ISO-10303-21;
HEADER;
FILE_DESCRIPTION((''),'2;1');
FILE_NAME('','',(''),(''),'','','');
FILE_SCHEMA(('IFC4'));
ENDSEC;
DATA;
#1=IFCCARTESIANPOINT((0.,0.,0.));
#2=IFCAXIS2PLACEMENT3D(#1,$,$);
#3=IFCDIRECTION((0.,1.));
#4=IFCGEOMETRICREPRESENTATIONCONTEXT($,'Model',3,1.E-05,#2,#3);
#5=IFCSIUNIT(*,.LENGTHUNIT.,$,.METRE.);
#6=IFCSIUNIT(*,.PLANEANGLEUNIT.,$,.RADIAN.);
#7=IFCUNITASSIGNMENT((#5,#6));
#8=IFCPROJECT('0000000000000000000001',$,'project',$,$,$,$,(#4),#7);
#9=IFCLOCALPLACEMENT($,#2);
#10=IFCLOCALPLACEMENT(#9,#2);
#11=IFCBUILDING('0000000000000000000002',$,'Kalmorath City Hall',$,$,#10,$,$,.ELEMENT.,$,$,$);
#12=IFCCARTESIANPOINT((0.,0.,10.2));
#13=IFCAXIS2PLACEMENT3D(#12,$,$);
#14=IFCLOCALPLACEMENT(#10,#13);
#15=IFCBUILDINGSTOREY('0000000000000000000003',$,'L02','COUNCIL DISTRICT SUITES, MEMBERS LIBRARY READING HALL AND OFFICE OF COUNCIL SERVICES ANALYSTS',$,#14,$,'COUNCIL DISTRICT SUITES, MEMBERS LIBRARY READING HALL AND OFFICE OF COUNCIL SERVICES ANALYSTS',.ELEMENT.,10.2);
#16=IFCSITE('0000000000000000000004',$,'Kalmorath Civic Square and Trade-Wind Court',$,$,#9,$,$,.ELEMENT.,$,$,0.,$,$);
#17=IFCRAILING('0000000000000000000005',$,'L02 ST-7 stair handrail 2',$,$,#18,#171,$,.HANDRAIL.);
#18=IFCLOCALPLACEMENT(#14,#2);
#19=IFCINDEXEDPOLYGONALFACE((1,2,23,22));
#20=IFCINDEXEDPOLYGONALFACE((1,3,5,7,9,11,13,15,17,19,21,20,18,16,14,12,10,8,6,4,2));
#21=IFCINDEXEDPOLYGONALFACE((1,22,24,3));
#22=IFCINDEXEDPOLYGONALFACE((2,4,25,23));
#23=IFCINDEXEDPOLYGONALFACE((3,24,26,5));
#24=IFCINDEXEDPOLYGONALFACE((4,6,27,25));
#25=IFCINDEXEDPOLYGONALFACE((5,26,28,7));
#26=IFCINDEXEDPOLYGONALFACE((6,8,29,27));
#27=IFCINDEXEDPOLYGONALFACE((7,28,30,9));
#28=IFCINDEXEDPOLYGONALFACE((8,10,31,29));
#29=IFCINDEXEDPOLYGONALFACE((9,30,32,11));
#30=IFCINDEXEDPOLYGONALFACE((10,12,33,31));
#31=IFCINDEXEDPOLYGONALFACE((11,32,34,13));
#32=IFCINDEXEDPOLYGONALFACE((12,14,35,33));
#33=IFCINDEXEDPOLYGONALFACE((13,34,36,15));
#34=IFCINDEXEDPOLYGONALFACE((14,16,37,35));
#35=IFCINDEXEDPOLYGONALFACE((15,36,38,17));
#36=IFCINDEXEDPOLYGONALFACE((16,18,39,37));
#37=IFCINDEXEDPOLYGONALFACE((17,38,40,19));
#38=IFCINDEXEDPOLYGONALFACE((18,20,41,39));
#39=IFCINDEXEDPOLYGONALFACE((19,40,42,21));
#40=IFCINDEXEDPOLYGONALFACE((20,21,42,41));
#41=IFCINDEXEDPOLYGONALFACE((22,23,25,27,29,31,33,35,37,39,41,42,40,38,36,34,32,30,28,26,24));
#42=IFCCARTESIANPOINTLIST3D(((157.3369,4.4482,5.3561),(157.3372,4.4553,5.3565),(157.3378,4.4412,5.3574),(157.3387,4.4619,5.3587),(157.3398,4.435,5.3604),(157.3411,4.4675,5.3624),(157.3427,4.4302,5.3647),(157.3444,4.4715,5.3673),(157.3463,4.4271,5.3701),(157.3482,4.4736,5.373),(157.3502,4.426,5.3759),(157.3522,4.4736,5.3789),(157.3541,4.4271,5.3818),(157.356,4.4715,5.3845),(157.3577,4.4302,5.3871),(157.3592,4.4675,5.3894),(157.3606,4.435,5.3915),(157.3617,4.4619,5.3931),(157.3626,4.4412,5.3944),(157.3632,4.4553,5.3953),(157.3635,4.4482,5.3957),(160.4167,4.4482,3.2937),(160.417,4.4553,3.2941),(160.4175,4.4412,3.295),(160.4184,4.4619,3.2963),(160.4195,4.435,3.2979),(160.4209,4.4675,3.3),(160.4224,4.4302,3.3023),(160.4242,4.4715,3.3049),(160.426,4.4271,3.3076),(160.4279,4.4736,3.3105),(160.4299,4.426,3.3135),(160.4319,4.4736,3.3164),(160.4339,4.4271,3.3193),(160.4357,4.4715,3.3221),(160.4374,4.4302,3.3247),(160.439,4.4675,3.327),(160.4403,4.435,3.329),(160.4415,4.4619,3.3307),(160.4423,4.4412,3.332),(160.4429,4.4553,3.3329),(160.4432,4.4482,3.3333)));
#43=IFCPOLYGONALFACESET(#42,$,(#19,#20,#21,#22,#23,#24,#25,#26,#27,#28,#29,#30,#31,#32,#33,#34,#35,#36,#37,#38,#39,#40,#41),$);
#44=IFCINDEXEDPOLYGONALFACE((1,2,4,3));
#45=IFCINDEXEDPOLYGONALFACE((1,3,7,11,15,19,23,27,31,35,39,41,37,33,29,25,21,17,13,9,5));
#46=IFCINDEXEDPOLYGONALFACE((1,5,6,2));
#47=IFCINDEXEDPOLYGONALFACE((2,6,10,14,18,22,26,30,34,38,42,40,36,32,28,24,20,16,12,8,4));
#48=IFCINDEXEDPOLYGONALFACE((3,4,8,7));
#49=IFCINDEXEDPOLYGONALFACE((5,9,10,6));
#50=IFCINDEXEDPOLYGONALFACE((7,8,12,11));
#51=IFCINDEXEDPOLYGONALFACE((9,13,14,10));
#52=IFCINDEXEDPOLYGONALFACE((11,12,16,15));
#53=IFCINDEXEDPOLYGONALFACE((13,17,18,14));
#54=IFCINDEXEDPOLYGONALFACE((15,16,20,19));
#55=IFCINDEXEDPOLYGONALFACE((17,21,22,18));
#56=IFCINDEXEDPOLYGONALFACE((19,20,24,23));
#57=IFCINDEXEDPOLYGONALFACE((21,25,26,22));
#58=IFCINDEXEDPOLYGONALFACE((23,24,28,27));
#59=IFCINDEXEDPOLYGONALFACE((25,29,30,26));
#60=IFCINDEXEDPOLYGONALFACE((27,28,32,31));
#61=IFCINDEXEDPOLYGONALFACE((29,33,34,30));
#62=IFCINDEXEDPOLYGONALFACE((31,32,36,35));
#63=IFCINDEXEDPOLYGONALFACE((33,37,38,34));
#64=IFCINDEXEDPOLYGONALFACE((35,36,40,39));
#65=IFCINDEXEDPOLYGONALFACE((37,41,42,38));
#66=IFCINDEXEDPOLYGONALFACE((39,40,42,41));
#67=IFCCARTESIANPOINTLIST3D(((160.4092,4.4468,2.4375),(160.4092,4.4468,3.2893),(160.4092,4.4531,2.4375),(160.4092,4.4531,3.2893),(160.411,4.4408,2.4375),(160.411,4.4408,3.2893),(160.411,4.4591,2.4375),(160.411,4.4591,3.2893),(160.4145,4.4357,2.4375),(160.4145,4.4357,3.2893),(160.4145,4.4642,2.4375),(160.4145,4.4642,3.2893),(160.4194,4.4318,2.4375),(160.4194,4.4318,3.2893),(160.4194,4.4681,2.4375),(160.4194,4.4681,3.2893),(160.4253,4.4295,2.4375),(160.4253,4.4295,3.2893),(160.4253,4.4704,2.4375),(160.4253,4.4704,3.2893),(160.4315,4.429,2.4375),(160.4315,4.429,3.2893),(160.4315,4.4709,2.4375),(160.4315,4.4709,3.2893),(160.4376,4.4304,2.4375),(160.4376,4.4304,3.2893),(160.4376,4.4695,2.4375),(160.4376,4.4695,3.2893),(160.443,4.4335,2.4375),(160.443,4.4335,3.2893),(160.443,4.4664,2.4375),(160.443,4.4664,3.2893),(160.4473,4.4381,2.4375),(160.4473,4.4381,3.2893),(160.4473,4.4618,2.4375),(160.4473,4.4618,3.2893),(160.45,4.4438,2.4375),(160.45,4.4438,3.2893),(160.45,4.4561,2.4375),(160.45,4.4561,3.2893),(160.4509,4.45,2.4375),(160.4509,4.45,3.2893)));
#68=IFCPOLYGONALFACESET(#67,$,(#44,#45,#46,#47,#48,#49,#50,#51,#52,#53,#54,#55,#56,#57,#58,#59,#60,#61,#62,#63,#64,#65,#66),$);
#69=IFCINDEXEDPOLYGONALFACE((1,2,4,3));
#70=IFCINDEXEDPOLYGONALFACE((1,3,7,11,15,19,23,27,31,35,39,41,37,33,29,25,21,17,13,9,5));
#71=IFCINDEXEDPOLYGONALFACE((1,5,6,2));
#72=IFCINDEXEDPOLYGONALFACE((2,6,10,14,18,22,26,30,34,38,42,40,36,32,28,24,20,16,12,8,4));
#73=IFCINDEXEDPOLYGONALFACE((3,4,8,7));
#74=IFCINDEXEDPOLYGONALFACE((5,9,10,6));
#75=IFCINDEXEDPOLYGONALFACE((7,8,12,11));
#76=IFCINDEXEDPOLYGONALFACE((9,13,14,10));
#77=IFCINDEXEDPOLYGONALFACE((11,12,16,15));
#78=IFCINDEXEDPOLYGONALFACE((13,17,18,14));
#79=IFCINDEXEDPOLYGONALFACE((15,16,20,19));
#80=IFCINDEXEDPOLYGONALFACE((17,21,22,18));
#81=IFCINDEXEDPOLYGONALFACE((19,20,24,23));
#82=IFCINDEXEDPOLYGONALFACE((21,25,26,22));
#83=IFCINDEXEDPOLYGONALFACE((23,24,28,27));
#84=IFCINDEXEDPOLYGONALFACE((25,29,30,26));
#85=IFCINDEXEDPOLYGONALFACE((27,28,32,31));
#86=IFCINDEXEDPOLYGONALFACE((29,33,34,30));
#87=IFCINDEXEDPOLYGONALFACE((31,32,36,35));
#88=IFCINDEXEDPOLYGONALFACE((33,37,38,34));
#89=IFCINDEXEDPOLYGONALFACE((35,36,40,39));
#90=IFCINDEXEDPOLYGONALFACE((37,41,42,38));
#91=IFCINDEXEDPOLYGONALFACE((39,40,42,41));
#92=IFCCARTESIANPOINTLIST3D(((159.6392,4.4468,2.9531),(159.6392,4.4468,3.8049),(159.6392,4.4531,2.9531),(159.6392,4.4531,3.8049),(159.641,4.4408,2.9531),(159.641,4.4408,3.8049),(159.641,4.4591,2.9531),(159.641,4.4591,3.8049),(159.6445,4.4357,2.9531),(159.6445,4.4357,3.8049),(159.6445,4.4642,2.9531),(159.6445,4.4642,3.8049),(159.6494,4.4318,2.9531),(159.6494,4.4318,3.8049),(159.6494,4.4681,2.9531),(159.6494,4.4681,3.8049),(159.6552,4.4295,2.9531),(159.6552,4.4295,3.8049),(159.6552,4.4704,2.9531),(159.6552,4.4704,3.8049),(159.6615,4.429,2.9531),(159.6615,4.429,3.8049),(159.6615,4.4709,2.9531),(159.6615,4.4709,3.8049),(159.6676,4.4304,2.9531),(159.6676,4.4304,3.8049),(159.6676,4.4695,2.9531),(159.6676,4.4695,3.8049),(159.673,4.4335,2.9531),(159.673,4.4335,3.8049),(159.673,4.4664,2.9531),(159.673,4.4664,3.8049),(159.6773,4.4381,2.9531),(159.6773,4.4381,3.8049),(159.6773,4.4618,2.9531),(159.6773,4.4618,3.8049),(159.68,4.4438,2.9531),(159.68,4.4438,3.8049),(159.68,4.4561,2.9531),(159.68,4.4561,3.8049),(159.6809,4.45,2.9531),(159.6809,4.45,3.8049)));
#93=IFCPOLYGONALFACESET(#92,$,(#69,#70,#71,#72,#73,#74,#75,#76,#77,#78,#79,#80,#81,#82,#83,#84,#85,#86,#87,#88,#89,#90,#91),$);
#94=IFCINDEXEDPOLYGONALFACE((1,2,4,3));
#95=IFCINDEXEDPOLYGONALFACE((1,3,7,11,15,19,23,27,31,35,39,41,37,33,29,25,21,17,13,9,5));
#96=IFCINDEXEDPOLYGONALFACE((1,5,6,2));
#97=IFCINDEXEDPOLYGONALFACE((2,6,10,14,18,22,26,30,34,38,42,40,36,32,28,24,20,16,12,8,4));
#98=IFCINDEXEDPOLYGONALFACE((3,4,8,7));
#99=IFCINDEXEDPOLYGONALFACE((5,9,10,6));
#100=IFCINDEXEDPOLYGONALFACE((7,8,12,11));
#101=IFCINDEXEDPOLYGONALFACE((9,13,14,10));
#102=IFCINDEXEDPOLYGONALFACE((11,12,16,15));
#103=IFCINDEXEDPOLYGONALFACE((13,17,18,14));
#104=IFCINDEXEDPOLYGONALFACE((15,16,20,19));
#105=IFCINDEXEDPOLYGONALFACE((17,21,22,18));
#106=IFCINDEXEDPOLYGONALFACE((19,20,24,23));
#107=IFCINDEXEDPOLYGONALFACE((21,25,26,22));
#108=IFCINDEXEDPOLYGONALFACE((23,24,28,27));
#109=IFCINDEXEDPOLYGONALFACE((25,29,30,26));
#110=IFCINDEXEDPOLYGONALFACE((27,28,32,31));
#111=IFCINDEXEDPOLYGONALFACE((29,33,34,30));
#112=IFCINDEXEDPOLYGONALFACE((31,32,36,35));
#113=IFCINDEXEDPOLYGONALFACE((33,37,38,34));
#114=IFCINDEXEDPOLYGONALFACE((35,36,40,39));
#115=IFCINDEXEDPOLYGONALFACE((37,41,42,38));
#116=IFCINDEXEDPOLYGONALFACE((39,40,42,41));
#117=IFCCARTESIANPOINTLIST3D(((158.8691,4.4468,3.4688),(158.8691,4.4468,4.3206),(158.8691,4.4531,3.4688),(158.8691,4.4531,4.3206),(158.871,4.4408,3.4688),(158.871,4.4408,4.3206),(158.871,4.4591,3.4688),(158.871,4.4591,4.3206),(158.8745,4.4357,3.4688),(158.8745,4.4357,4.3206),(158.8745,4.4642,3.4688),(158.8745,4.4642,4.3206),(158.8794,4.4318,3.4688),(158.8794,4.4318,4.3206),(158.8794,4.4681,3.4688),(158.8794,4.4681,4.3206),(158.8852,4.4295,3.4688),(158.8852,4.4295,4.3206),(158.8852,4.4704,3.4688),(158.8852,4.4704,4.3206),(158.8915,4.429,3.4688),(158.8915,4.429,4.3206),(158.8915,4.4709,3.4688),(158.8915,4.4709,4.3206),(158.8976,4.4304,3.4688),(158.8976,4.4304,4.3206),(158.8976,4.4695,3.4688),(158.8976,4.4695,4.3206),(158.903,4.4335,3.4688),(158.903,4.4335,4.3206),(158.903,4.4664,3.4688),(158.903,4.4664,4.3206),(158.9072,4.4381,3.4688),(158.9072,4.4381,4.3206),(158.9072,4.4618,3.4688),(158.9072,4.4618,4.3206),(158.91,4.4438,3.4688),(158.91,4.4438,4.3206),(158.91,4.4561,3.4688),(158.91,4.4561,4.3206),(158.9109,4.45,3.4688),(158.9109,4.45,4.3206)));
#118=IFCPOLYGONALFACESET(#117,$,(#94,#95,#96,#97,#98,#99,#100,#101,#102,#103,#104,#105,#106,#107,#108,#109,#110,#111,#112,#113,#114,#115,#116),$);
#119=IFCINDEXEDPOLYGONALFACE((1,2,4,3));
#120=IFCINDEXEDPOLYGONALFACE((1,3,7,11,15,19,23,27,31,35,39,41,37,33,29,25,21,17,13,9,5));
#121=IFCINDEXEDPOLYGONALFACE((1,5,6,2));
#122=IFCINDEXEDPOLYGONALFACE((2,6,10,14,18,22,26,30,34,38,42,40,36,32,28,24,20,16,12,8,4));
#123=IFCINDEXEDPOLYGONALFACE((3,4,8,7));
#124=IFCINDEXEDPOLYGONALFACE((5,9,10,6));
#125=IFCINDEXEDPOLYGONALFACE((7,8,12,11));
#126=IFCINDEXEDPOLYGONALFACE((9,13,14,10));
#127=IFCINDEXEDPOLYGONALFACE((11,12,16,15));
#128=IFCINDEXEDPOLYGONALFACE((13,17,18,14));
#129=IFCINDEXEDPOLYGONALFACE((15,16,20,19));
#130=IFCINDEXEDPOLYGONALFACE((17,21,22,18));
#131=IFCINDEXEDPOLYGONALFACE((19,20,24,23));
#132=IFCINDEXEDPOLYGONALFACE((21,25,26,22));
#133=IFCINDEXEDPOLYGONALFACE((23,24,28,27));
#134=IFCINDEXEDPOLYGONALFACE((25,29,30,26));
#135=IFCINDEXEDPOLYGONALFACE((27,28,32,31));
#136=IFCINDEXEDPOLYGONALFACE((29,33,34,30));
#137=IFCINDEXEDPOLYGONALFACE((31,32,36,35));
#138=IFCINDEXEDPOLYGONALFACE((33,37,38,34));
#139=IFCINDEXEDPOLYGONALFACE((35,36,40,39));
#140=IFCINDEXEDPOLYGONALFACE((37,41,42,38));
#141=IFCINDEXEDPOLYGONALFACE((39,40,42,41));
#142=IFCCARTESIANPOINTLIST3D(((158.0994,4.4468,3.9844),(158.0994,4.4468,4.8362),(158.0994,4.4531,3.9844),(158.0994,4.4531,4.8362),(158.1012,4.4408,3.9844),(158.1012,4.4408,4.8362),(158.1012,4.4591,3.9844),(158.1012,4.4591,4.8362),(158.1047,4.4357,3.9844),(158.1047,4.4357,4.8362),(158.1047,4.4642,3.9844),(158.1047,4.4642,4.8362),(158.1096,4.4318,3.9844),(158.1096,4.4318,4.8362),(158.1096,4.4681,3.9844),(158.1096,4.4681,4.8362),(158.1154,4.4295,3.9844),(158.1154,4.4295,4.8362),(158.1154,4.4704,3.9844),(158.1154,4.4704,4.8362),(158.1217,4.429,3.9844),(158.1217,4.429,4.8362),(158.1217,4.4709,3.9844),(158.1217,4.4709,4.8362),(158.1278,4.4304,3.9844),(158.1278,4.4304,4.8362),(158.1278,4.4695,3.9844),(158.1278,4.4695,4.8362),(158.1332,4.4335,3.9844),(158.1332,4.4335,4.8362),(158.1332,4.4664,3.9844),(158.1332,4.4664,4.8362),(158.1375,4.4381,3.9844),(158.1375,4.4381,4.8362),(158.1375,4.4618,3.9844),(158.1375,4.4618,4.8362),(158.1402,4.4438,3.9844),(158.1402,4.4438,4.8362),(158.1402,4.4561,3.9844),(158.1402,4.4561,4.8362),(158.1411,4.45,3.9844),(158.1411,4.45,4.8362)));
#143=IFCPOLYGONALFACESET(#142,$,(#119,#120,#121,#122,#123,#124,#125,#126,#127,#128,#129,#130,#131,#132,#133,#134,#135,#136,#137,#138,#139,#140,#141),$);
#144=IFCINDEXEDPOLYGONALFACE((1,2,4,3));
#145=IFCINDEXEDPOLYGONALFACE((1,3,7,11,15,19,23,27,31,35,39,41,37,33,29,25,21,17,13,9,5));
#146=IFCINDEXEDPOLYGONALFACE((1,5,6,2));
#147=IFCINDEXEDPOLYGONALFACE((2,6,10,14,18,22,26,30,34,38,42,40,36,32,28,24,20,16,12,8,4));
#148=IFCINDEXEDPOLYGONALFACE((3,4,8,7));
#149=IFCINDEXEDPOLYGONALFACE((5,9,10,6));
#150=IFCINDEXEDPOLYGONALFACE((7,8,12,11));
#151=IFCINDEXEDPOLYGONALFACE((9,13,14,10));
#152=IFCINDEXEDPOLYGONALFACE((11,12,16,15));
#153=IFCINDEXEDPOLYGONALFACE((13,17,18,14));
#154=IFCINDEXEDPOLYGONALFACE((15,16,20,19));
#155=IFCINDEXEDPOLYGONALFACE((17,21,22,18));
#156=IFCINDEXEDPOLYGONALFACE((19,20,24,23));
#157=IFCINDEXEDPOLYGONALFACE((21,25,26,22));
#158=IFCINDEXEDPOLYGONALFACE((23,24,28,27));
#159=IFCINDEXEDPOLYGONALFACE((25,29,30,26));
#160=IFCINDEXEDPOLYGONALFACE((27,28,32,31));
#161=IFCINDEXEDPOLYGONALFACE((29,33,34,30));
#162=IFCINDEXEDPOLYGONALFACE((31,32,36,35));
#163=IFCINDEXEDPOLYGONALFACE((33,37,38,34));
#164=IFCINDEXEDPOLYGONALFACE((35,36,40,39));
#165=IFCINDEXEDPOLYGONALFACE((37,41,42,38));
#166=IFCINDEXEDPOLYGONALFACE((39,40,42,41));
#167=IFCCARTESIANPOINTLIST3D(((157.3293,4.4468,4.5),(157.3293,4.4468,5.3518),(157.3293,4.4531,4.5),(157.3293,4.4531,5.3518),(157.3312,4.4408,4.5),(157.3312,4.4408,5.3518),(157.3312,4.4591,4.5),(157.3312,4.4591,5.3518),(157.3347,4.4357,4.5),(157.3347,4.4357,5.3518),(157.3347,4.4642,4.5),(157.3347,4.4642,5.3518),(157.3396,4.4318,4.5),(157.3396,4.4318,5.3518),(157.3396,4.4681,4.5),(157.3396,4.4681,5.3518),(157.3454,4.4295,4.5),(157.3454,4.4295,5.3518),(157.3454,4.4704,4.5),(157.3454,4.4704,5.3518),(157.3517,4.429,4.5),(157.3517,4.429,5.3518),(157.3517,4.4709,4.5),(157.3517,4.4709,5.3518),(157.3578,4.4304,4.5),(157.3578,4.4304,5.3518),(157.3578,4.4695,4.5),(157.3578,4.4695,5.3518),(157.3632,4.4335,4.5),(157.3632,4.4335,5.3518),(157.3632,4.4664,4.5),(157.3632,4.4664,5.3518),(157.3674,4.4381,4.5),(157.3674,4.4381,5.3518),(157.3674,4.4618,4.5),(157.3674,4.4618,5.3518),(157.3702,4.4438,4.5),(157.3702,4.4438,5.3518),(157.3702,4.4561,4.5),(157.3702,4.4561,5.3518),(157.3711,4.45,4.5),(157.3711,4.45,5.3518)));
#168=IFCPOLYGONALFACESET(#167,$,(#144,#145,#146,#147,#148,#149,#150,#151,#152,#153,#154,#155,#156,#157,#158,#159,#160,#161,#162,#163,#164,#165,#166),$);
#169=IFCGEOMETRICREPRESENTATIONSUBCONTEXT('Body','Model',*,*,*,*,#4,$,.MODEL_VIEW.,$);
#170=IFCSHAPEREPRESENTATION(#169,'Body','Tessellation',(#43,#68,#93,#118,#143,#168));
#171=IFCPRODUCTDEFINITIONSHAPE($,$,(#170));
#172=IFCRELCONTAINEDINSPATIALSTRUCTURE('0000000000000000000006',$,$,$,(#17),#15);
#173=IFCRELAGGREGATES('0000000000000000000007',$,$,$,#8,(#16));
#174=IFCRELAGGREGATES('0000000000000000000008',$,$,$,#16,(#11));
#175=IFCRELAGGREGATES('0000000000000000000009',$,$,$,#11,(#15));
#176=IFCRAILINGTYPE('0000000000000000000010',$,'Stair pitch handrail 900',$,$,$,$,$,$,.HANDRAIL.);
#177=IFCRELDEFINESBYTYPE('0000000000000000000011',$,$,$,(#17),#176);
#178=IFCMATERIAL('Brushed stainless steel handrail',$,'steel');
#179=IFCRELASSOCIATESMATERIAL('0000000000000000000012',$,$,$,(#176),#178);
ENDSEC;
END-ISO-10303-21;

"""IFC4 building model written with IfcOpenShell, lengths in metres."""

from ifc_helpers import new_model, si_unit, direction, frame, origin, origin_2d, place, context, subcontext, project, spatial, circle, extrude, material, type_object, element, save


model = new_model("IFC4")

# Units and contexts
model_context = context("Model", 3, precision=1e-05, world=origin(), true_north=direction((0.0, 1.0)))
body_context = subcontext(model_context, "Body", "Model", "MODEL_VIEW")
ifc_project = project(units=[si_unit("LENGTHUNIT", "METRE"), si_unit("PLANEANGLEUNIT", "RADIAN")], contexts=[model_context])

# Site, building, storey
site_placement = place(None, origin())
site = spatial("IfcSite", under=ifc_project, at=site_placement, Name="Kalmorath Civic Square and Trade-Wind Court", CompositionType="ELEMENT", RefElevation=0.0)
building_placement = place(site_placement, origin())
building = spatial("IfcBuilding", under=site, at=building_placement, Name="Kalmorath City Hall", CompositionType="ELEMENT")
storey_placement = place(building_placement, frame((0.0, 0.0, 10.2)))
storey = spatial("IfcBuildingStorey", under=building, at=storey_placement, Name="L02", Description="COUNCIL DISTRICT SUITES, MEMBERS LIBRARY READING HALL AND OFFICE OF COUNCIL SERVICES ANALYSTS", LongName="COUNCIL DISTRICT SUITES, MEMBERS LIBRARY READING HALL AND OFFICE OF COUNCIL SERVICES ANALYSTS", CompositionType="ELEMENT", Elevation=10.2)

# Railing
ifc_material_1 = material(Name="Brushed stainless steel handrail", Category="steel")
railing_type_1 = type_object("IfcRailingType", Name="Stair pitch handrail 900", PredefinedType="HANDRAIL", material=ifc_material_1)
railing_1_placement = place(storey_placement, frame((160.4299, 4.45, 2.4375)))
element("IfcRailing", 1, at=railing_1_placement, inside=storey, type_object=railing_type_1, Name="L02 ST-7 stair handrail 2", PredefinedType="HANDRAIL", context=body_context, shape_type="SweptSolid", body=[
    extrude(circle(Radius=0.0239, at=origin_2d()), frame((0.0, 0.0, 0.876), z_axis=(-0.830893, 0.0, 0.556432), x_axis=(0.0, -1.0, 0.0)), (0.0, 0.0, 1.0), 3.7065),
    extrude(circle(Radius=0.021, at=origin_2d()), origin(), (0.0, 0.0, 1.0), 0.8518),
    extrude(circle(Radius=0.021, at=origin_2d()), frame((-0.77, 0.0, 0.5156)), (0.0, 0.0, 1.0), 0.8518),
    extrude(circle(Radius=0.021, at=origin_2d()), frame((-1.54, 0.0, 1.0312)), (0.0, 0.0, 1.0), 0.8518),
    extrude(circle(Radius=0.021, at=origin_2d()), frame((-2.3098, 0.0, 1.5469)), (0.0, 0.0, 1.0), 0.8518),
    extrude(circle(Radius=0.021, at=origin_2d()), frame((-3.0798, 0.0, 2.0625)), (0.0, 0.0, 1.0), 0.8518),
])

save(model, "model.ifc")
